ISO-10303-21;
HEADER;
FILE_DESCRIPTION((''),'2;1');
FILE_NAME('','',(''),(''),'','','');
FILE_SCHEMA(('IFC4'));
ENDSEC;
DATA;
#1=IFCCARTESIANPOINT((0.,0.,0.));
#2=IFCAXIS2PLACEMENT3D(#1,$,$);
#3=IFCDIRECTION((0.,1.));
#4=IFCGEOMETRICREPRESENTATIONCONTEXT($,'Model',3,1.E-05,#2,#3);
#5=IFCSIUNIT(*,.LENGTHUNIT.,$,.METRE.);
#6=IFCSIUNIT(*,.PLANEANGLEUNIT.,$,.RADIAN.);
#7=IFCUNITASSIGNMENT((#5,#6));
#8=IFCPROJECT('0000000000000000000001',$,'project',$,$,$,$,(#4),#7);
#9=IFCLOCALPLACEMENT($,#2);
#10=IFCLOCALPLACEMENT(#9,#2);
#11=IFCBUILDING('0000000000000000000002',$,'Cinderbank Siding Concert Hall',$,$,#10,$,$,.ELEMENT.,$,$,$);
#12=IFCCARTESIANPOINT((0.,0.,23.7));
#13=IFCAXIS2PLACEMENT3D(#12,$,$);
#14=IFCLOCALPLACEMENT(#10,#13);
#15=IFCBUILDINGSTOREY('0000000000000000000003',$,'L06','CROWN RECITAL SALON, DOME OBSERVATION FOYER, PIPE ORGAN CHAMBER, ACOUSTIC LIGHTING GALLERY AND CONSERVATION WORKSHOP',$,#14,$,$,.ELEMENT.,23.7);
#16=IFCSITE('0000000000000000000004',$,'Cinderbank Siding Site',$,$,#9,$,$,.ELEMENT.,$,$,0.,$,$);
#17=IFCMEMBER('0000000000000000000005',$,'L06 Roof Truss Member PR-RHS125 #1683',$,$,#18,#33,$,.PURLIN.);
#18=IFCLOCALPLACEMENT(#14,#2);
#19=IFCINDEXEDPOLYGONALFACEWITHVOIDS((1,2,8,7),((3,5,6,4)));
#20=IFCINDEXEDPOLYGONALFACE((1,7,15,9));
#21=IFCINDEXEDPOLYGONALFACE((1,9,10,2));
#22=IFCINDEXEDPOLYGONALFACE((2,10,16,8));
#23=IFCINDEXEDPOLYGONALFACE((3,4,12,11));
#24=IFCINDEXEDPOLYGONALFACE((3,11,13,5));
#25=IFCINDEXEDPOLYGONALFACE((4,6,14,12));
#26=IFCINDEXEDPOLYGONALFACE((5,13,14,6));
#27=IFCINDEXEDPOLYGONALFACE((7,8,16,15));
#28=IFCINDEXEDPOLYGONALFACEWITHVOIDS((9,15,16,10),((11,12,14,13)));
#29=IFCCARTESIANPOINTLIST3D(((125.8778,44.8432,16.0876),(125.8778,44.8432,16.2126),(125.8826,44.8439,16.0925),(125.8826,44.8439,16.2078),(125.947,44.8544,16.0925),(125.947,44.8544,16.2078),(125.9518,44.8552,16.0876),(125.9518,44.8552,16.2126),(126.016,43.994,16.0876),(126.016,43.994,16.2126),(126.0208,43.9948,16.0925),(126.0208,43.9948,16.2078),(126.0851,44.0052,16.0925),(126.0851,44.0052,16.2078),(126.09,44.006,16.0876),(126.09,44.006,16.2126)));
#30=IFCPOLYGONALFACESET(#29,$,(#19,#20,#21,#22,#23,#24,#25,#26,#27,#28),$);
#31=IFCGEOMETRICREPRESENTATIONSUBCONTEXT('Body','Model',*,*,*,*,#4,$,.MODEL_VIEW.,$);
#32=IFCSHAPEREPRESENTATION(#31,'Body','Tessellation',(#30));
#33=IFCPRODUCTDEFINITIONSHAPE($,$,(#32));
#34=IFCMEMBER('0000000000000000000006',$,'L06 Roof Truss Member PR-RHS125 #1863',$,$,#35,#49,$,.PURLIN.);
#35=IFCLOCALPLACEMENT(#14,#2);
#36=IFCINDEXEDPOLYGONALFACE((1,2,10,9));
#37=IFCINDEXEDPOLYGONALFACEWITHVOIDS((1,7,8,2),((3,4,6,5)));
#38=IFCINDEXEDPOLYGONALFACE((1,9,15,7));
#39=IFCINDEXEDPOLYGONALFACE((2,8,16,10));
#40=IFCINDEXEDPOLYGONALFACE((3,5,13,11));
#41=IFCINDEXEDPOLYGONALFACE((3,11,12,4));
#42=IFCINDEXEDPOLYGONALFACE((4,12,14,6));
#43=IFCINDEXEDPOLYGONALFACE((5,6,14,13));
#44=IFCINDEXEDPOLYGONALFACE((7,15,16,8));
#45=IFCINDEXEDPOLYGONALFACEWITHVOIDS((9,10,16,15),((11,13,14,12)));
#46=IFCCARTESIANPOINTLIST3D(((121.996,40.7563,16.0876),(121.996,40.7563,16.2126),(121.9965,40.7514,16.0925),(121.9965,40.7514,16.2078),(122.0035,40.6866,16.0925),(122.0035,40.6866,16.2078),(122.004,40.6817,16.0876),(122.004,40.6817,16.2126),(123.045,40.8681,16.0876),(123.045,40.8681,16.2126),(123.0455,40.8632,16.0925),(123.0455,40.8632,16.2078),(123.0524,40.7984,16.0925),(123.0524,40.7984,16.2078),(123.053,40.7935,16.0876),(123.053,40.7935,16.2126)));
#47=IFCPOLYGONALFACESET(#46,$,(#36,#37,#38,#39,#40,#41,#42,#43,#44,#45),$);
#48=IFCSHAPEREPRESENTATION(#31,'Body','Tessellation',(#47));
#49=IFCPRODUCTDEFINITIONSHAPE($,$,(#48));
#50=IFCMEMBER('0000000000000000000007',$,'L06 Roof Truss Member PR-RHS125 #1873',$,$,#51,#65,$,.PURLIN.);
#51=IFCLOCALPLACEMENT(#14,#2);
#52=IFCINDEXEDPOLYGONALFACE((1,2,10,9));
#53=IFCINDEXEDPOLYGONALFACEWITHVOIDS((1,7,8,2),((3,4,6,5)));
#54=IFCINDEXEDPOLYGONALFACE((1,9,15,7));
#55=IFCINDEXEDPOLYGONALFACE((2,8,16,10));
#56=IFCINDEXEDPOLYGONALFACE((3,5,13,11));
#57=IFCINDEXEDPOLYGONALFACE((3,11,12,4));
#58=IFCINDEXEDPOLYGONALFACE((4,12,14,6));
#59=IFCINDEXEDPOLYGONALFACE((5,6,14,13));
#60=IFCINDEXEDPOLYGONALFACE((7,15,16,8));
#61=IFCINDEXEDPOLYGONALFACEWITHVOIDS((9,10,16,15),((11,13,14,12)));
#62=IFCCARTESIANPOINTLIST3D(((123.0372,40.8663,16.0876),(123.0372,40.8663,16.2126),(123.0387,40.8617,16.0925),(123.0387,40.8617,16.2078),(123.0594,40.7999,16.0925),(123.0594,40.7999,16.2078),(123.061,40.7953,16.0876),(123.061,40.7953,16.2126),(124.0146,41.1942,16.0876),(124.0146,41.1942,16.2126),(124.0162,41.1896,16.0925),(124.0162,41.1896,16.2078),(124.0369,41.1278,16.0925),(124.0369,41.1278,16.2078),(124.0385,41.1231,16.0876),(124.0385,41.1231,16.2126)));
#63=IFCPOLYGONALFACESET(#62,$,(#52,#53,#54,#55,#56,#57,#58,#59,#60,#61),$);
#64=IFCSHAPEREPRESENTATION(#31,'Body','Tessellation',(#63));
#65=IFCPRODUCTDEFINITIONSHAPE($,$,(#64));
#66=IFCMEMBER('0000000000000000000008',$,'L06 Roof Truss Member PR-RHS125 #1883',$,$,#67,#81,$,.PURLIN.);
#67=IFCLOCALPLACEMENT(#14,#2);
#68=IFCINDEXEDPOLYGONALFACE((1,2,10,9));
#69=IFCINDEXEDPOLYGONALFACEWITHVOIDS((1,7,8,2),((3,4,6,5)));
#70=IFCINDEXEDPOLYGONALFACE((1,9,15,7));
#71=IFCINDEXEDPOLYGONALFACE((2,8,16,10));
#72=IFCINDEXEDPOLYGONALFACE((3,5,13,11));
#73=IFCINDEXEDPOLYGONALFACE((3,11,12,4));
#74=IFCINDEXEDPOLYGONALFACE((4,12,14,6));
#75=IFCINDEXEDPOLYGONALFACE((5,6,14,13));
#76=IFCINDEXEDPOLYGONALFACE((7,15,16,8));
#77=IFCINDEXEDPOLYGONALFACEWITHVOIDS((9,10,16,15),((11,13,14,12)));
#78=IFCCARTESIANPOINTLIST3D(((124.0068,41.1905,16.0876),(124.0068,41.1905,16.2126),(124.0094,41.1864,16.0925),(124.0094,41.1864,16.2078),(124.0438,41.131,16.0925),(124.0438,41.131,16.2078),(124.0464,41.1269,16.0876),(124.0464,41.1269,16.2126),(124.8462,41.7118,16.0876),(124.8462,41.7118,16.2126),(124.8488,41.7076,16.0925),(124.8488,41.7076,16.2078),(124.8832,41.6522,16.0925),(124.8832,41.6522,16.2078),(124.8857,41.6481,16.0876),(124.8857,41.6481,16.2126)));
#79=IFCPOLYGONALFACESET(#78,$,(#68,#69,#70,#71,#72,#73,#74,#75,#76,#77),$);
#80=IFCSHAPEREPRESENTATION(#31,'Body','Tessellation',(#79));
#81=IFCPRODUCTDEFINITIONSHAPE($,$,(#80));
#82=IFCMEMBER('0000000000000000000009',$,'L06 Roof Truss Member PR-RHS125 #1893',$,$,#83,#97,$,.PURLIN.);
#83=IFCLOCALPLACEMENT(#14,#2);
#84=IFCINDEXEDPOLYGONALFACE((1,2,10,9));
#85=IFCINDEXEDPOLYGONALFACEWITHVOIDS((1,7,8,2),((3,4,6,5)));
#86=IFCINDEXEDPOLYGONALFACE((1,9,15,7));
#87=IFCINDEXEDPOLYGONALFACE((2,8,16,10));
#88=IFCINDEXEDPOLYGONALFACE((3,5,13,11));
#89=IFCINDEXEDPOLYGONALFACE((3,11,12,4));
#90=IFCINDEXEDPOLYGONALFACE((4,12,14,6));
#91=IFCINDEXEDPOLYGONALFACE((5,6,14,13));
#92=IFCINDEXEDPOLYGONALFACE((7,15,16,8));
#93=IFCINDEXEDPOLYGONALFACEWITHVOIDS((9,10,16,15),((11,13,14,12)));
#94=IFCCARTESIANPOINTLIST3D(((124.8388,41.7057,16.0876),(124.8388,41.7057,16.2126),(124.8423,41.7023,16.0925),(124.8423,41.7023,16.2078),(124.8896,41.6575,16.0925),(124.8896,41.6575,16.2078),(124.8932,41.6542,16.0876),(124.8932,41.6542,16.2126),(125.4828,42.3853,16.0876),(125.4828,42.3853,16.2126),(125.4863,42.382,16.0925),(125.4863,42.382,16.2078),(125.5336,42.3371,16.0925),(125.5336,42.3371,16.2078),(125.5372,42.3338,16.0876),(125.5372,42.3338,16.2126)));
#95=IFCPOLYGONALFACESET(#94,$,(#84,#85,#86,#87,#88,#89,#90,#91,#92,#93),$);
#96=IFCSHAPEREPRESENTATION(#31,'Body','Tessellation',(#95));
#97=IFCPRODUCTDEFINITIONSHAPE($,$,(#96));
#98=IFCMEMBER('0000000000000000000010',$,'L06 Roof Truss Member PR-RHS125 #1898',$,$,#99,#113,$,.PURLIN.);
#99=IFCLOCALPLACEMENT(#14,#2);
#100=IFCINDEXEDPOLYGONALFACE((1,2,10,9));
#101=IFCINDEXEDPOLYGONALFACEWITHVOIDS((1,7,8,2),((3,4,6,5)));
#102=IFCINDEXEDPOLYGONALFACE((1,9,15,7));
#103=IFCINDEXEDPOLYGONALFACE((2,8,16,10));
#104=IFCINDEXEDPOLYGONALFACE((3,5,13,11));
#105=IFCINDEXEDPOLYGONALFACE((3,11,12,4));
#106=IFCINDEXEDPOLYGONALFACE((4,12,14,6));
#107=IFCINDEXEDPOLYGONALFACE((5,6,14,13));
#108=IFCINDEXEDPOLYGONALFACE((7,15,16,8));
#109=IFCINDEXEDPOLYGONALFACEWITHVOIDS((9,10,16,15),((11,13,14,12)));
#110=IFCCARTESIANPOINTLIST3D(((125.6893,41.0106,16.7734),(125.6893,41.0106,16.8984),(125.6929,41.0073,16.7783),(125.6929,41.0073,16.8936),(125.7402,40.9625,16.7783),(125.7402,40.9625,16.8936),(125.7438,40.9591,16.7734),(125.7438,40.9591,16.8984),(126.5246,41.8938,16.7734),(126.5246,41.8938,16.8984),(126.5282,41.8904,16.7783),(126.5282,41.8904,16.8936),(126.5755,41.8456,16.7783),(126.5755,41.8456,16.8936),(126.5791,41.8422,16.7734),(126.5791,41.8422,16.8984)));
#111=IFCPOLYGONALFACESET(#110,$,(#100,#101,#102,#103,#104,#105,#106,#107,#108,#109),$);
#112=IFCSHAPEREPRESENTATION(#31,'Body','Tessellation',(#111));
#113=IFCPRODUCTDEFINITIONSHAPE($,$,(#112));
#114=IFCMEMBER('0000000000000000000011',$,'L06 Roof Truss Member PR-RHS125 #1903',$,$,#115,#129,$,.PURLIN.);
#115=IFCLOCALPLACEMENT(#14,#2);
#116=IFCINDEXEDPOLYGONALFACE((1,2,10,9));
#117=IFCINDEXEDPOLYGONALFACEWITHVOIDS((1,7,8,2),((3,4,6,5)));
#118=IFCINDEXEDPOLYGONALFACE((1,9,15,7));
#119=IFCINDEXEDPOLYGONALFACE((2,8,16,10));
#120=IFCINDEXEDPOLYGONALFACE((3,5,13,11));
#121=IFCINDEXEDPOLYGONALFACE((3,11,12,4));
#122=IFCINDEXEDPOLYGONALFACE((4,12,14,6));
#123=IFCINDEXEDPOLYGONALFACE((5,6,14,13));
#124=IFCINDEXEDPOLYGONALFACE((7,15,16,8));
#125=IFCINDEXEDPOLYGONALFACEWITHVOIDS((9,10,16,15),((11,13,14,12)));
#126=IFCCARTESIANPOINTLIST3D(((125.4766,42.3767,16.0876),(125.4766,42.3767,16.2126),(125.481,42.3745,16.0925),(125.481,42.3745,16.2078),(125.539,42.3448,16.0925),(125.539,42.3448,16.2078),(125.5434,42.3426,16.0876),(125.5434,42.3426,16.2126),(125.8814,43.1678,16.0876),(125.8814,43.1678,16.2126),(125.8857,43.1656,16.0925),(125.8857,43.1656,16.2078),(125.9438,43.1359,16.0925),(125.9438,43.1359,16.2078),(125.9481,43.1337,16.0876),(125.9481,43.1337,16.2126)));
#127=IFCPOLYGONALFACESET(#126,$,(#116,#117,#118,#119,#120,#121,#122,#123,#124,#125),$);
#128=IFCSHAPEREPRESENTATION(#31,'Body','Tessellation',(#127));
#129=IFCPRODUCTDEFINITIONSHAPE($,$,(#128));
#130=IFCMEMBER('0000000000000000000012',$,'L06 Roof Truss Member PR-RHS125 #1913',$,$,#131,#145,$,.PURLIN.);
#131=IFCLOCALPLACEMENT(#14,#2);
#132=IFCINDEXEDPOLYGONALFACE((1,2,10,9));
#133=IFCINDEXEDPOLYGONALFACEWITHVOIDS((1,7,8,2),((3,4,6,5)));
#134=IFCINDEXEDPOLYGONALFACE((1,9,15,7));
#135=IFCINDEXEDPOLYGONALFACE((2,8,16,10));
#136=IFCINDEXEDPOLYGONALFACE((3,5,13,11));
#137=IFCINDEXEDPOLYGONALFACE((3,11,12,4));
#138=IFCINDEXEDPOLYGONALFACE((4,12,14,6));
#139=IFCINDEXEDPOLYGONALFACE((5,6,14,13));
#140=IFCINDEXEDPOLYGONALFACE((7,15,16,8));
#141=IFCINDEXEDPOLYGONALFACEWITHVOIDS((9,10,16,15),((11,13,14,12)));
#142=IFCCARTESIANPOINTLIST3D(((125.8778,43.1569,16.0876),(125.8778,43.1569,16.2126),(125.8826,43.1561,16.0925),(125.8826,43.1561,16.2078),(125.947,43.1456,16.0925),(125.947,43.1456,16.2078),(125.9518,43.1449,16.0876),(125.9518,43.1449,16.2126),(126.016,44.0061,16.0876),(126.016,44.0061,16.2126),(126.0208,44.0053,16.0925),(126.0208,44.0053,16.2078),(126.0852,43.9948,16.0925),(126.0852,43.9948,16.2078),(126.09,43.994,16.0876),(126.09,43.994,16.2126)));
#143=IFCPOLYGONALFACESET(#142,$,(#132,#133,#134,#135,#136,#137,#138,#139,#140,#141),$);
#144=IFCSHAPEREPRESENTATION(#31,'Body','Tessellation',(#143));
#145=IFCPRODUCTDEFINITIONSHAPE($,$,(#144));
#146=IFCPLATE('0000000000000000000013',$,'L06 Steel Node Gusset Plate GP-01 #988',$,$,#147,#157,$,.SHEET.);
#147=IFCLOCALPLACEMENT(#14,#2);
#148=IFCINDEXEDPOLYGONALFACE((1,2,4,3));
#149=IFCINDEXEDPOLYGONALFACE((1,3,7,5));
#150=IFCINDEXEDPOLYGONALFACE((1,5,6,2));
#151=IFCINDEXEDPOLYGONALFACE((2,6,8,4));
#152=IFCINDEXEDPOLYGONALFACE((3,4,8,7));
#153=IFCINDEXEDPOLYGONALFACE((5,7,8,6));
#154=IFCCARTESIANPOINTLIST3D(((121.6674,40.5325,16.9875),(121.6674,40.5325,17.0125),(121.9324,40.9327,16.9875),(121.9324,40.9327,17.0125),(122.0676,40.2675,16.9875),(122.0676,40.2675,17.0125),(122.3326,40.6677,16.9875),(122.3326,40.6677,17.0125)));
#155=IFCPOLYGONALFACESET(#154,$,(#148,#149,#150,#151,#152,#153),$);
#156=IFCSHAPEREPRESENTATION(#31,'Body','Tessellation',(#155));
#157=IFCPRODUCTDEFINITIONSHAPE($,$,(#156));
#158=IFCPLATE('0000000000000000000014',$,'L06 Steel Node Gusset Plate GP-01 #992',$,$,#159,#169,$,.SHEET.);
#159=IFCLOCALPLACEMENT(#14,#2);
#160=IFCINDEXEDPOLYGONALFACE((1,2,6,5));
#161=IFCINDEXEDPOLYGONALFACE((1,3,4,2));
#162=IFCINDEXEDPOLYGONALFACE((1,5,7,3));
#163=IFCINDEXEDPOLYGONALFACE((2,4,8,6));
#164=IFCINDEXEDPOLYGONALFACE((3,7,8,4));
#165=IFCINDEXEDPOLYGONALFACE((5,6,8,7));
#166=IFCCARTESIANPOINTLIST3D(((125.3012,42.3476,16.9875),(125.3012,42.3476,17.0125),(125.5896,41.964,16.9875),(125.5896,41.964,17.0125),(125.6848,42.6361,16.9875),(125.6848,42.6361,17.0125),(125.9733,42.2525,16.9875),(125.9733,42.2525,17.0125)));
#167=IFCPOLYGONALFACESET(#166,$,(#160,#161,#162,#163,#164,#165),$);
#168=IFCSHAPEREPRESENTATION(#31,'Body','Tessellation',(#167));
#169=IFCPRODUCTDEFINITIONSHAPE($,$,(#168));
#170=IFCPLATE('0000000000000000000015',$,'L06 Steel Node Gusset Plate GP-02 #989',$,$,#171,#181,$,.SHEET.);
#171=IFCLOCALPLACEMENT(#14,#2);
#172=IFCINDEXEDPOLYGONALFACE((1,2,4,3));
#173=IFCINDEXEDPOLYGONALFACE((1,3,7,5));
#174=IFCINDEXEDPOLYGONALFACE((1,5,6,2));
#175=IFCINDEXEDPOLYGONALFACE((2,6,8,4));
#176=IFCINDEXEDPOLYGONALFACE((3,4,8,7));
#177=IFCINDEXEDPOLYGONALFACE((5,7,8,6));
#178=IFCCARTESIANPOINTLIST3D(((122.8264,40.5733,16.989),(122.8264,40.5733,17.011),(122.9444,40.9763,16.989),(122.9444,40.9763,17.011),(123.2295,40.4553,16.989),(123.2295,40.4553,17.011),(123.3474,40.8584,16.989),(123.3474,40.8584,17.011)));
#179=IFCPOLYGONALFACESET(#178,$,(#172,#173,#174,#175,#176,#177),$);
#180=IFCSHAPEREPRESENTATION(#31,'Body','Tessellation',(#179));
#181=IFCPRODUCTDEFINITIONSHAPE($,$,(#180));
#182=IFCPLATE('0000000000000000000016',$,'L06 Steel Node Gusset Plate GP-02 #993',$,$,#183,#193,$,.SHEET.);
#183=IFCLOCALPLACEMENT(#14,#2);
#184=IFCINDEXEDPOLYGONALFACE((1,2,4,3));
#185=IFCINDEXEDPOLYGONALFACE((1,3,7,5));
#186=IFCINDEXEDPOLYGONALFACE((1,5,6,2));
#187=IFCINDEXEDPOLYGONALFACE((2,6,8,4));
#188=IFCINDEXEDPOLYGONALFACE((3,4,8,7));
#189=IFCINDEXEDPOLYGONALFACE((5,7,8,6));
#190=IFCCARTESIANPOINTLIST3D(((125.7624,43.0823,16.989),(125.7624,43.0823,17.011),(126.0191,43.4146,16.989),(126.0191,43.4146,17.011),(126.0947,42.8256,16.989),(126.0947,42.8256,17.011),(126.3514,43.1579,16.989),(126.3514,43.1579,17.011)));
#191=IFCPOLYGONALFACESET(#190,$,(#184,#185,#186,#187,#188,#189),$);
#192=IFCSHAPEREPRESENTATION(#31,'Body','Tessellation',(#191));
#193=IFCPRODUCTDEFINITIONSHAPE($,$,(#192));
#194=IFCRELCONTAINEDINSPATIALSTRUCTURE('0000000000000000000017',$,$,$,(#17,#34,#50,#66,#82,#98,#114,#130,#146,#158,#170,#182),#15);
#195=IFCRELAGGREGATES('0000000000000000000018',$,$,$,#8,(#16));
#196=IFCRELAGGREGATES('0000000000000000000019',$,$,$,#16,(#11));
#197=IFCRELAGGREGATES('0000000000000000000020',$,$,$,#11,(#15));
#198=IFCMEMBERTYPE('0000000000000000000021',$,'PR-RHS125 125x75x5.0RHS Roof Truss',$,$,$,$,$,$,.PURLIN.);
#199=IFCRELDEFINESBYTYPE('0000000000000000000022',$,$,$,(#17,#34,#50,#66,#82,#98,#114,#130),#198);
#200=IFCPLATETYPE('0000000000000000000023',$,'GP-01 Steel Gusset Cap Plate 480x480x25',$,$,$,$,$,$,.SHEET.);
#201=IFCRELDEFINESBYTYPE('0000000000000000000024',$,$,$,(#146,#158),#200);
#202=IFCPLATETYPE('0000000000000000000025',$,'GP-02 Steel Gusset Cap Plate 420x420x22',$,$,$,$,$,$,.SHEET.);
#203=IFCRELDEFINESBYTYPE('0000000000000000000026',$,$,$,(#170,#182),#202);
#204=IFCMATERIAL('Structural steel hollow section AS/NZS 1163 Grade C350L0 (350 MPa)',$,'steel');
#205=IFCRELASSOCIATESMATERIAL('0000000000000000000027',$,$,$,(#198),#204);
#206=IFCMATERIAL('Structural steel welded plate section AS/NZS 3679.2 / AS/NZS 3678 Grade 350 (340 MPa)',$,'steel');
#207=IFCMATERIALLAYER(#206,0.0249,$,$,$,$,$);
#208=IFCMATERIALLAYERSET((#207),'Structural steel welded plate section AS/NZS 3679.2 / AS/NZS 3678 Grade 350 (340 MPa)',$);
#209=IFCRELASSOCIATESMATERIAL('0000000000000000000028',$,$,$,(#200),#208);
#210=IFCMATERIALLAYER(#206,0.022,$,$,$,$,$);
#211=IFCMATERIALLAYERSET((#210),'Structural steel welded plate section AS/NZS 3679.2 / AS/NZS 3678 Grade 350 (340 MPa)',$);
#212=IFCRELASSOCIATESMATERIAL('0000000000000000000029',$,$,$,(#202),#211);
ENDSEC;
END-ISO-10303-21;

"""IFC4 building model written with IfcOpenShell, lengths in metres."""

from ifc_helpers import new_model, si_unit, direction, frame, origin, origin_2d, place, context, subcontext, project, spatial, rectangle, hollow_rectangle, extrude, material, layer, layer_set, material_profile, profile_set, type_object, element, save


model = new_model("IFC4")

# Units and contexts
model_context = context("Model", 3, precision=1e-05, world=origin(), true_north=direction((0.0, 1.0)))
body_context = subcontext(model_context, "Body", "Model", "MODEL_VIEW")
ifc_project = project(units=[si_unit("LENGTHUNIT", "METRE"), si_unit("PLANEANGLEUNIT", "RADIAN")], contexts=[model_context])

# Site, building, storey
site_placement = place(None, origin())
site = spatial("IfcSite", under=ifc_project, at=site_placement, Name="Cinderbank Siding Site", CompositionType="ELEMENT", RefElevation=0.0)
building_placement = place(site_placement, origin())
building = spatial("IfcBuilding", under=site, at=building_placement, Name="Cinderbank Siding Concert Hall", CompositionType="ELEMENT")
storey_placement = place(building_placement, frame((0.0, 0.0, 23.7)))
storey = spatial("IfcBuildingStorey", under=building, at=storey_placement, Name="L06", Description="CROWN RECITAL SALON, DOME OBSERVATION FOYER, PIPE ORGAN CHAMBER, ACOUSTIC LIGHTING GALLERY AND CONSERVATION WORKSHOP", CompositionType="ELEMENT", Elevation=23.7)

# Members
ifc_material_1 = material(Name="Structural steel hollow section AS/NZS 1163 Grade C350L0 (350 MPa)", Category="steel")
ifc_material_profile = material_profile(ifc_material_1, hollow_rectangle(XDim=0.075, YDim=0.125, WallThickness=0.0049, at=origin_2d()), Name="125x75x5.0RHS", Category="LoadBearing")
ifc_profile_set = profile_set([ifc_material_profile], Name="Structural steel hollow section AS/NZS 1163 Grade C350L0 (350 MPa)")
member_type = type_object("IfcMemberType", Name="PR-RHS125 125x75x5.0RHS Roof Truss", PredefinedType="PURLIN", material=ifc_profile_set)
member_1_placement = place(storey_placement, frame((126.053, 44.0, 16.1501), z_axis=(-0.160624, 0.987016, 0.0), x_axis=(-0.987016, -0.160624, 0.0)))
element("IfcMember", 1, at=member_1_placement, inside=storey, type_object=member_type, Name="L06 Roof Truss Member PR-RHS125 #1683", PredefinedType="PURLIN", context=body_context, shape_type="SweptSolid", body=[
    extrude(hollow_rectangle(XDim=0.075, YDim=0.125, WallThickness=0.0049, at=origin_2d()), origin(), (0.0, 0.0, 1.0), 0.8604),
])
member_2_placement = place(storey_placement, frame((122.0, 40.719, 16.1501), z_axis=(0.994368, 0.105986, 0.0), x_axis=(-0.105986, 0.994368, 0.0)))
element("IfcMember", 2, at=member_2_placement, inside=storey, type_object=member_type, Name="L06 Roof Truss Member PR-RHS125 #1863", PredefinedType="PURLIN", context=body_context, shape_type="SweptSolid", body=[
    extrude(hollow_rectangle(XDim=0.075, YDim=0.125, WallThickness=0.0049, at=origin_2d()), origin(), (0.0, 0.0, 1.0), 1.0549),
])
member_3_placement = place(storey_placement, frame((123.0491, 40.8308, 16.1501), z_axis=(0.94809, 0.318003, 0.0), x_axis=(-0.318003, 0.94809, 0.0)))
element("IfcMember", 3, at=member_3_placement, inside=storey, type_object=member_type, Name="L06 Roof Truss Member PR-RHS125 #1873", PredefinedType="PURLIN", context=body_context, shape_type="SweptSolid", body=[
    extrude(hollow_rectangle(XDim=0.075, YDim=0.125, WallThickness=0.0049, at=origin_2d()), origin(), (0.0, 0.0, 1.0), 1.031),
])
member_4_placement = place(storey_placement, frame((124.0266, 41.1587, 16.1501), z_axis=(0.849522, 0.527554, 0.0), x_axis=(-0.527554, 0.849522, 0.0)))
element("IfcMember", 4, at=member_4_placement, inside=storey, type_object=member_type, Name="L06 Roof Truss Member PR-RHS125 #1883", PredefinedType="PURLIN", context=body_context, shape_type="SweptSolid", body=[
    extrude(hollow_rectangle(XDim=0.075, YDim=0.125, WallThickness=0.0049, at=origin_2d()), origin(), (0.0, 0.0, 1.0), 0.988),
])
member_5_placement = place(storey_placement, frame((124.866, 41.6799, 16.1501), z_axis=(0.687817, 0.725884, 0.0), x_axis=(-0.725884, 0.687817, 0.0)))
element("IfcMember", 5, at=member_5_placement, inside=storey, type_object=member_type, Name="L06 Roof Truss Member PR-RHS125 #1893", PredefinedType="PURLIN", context=body_context, shape_type="SweptSolid", body=[
    extrude(hollow_rectangle(XDim=0.075, YDim=0.125, WallThickness=0.0049, at=origin_2d()), origin(), (0.0, 0.0, 1.0), 0.9363),
])
member_6_placement = place(storey_placement, frame((125.7166, 40.9849, 16.8359), z_axis=(0.687148, 0.726517, 0.0), x_axis=(-0.726517, 0.687148, 0.0)))
element("IfcMember", 6, at=member_6_placement, inside=storey, type_object=member_type, Name="L06 Roof Truss Member PR-RHS125 #1898", PredefinedType="PURLIN", context=body_context, shape_type="SweptSolid", body=[
    extrude(hollow_rectangle(XDim=0.075, YDim=0.125, WallThickness=0.0049, at=origin_2d()), origin(), (0.0, 0.0, 1.0), 1.2156),
])
member_7_placement = place(storey_placement, frame((125.51, 42.3596, 16.1501), z_axis=(0.455435, 0.890269, 0.0), x_axis=(-0.890269, 0.455435, 0.0)))
element("IfcMember", 7, at=member_7_placement, inside=storey, type_object=member_type, Name="L06 Roof Truss Member PR-RHS125 #1903", PredefinedType="PURLIN", context=body_context, shape_type="SweptSolid", body=[
    extrude(hollow_rectangle(XDim=0.075, YDim=0.125, WallThickness=0.0049, at=origin_2d()), origin(), (0.0, 0.0, 1.0), 0.8887),
])
member_8_placement = place(storey_placement, frame((125.9148, 43.1509, 16.1501), z_axis=(0.160624, 0.987016, 0.0), x_axis=(-0.987016, 0.160624, 0.0)))
element("IfcMember", 8, at=member_8_placement, inside=storey, type_object=member_type, Name="L06 Roof Truss Member PR-RHS125 #1913", PredefinedType="PURLIN", context=body_context, shape_type="SweptSolid", body=[
    extrude(hollow_rectangle(XDim=0.075, YDim=0.125, WallThickness=0.0049, at=origin_2d()), origin(), (0.0, 0.0, 1.0), 0.8604),
])

# Plates
ifc_material_2 = material(Name="Structural steel welded plate section AS/NZS 3679.2 / AS/NZS 3678 Grade 350 (340 MPa)", Category="steel")
ifc_layer_1 = layer(ifc_material_2, 0.0249)
ifc_layer_set_1 = layer_set([ifc_layer_1], Name="Structural steel welded plate section AS/NZS 3679.2 / AS/NZS 3678 Grade 350 (340 MPa)")
plate_type_1 = type_object("IfcPlateType", Name="GP-01 Steel Gusset Cap Plate 480x480x25", PredefinedType="SHEET", material=ifc_layer_set_1)
for number, where, z_axis, x_axis, name in (
    (9, (122.0, 40.6001, 16.9875), (0.0, 0.0, 1.0), (0.552083, 0.833789, 0.0), "L06 Steel Node Gusset Plate GP-01 #988"),
    (10, (125.6372, 42.3, 16.9875), (0.0, 0.0, 1.0), (-0.600978, 0.799265, 0.0), "L06 Steel Node Gusset Plate GP-01 #992"),
):
    element("IfcPlate", number, at=place(storey_placement, frame(where, z_axis=z_axis, x_axis=x_axis)), inside=storey, type_object=plate_type_1, Name=name, PredefinedType="SHEET", context=body_context, shape_type="SweptSolid", body=[
        extrude(rectangle(XDim=0.48, YDim=0.48, at=origin_2d()), origin(), (0.0, 0.0, 1.0), 0.0249),
    ])
ifc_layer_2 = layer(ifc_material_2, 0.022)
ifc_layer_set_2 = layer_set([ifc_layer_2], Name="Structural steel welded plate section AS/NZS 3679.2 / AS/NZS 3678 Grade 350 (340 MPa)")
plate_type_2 = type_object("IfcPlateType", Name="GP-02 Steel Gusset Cap Plate 420x420x22", PredefinedType="SHEET", material=ifc_layer_set_2)
for number, where, z_axis, x_axis, name in (
    (11, (123.0869, 40.7158, 16.989), (0.0, 0.0, 1.0), (0.280834, 0.959756, 0.0), "L06 Steel Node Gusset Plate GP-02 #989"),
    (12, (126.0569, 43.1201, 16.989), (0.0, 0.0, 1.0), (-0.79133, 0.611389, 0.0), "L06 Steel Node Gusset Plate GP-02 #993"),
):
    element("IfcPlate", number, at=place(storey_placement, frame(where, z_axis=z_axis, x_axis=x_axis)), inside=storey, type_object=plate_type_2, Name=name, PredefinedType="SHEET", context=body_context, shape_type="SweptSolid", body=[
        extrude(rectangle(XDim=0.4199, YDim=0.4199, at=origin_2d()), origin(), (0.0, 0.0, 1.0), 0.022),
    ])

save(model, "model.ifc")
